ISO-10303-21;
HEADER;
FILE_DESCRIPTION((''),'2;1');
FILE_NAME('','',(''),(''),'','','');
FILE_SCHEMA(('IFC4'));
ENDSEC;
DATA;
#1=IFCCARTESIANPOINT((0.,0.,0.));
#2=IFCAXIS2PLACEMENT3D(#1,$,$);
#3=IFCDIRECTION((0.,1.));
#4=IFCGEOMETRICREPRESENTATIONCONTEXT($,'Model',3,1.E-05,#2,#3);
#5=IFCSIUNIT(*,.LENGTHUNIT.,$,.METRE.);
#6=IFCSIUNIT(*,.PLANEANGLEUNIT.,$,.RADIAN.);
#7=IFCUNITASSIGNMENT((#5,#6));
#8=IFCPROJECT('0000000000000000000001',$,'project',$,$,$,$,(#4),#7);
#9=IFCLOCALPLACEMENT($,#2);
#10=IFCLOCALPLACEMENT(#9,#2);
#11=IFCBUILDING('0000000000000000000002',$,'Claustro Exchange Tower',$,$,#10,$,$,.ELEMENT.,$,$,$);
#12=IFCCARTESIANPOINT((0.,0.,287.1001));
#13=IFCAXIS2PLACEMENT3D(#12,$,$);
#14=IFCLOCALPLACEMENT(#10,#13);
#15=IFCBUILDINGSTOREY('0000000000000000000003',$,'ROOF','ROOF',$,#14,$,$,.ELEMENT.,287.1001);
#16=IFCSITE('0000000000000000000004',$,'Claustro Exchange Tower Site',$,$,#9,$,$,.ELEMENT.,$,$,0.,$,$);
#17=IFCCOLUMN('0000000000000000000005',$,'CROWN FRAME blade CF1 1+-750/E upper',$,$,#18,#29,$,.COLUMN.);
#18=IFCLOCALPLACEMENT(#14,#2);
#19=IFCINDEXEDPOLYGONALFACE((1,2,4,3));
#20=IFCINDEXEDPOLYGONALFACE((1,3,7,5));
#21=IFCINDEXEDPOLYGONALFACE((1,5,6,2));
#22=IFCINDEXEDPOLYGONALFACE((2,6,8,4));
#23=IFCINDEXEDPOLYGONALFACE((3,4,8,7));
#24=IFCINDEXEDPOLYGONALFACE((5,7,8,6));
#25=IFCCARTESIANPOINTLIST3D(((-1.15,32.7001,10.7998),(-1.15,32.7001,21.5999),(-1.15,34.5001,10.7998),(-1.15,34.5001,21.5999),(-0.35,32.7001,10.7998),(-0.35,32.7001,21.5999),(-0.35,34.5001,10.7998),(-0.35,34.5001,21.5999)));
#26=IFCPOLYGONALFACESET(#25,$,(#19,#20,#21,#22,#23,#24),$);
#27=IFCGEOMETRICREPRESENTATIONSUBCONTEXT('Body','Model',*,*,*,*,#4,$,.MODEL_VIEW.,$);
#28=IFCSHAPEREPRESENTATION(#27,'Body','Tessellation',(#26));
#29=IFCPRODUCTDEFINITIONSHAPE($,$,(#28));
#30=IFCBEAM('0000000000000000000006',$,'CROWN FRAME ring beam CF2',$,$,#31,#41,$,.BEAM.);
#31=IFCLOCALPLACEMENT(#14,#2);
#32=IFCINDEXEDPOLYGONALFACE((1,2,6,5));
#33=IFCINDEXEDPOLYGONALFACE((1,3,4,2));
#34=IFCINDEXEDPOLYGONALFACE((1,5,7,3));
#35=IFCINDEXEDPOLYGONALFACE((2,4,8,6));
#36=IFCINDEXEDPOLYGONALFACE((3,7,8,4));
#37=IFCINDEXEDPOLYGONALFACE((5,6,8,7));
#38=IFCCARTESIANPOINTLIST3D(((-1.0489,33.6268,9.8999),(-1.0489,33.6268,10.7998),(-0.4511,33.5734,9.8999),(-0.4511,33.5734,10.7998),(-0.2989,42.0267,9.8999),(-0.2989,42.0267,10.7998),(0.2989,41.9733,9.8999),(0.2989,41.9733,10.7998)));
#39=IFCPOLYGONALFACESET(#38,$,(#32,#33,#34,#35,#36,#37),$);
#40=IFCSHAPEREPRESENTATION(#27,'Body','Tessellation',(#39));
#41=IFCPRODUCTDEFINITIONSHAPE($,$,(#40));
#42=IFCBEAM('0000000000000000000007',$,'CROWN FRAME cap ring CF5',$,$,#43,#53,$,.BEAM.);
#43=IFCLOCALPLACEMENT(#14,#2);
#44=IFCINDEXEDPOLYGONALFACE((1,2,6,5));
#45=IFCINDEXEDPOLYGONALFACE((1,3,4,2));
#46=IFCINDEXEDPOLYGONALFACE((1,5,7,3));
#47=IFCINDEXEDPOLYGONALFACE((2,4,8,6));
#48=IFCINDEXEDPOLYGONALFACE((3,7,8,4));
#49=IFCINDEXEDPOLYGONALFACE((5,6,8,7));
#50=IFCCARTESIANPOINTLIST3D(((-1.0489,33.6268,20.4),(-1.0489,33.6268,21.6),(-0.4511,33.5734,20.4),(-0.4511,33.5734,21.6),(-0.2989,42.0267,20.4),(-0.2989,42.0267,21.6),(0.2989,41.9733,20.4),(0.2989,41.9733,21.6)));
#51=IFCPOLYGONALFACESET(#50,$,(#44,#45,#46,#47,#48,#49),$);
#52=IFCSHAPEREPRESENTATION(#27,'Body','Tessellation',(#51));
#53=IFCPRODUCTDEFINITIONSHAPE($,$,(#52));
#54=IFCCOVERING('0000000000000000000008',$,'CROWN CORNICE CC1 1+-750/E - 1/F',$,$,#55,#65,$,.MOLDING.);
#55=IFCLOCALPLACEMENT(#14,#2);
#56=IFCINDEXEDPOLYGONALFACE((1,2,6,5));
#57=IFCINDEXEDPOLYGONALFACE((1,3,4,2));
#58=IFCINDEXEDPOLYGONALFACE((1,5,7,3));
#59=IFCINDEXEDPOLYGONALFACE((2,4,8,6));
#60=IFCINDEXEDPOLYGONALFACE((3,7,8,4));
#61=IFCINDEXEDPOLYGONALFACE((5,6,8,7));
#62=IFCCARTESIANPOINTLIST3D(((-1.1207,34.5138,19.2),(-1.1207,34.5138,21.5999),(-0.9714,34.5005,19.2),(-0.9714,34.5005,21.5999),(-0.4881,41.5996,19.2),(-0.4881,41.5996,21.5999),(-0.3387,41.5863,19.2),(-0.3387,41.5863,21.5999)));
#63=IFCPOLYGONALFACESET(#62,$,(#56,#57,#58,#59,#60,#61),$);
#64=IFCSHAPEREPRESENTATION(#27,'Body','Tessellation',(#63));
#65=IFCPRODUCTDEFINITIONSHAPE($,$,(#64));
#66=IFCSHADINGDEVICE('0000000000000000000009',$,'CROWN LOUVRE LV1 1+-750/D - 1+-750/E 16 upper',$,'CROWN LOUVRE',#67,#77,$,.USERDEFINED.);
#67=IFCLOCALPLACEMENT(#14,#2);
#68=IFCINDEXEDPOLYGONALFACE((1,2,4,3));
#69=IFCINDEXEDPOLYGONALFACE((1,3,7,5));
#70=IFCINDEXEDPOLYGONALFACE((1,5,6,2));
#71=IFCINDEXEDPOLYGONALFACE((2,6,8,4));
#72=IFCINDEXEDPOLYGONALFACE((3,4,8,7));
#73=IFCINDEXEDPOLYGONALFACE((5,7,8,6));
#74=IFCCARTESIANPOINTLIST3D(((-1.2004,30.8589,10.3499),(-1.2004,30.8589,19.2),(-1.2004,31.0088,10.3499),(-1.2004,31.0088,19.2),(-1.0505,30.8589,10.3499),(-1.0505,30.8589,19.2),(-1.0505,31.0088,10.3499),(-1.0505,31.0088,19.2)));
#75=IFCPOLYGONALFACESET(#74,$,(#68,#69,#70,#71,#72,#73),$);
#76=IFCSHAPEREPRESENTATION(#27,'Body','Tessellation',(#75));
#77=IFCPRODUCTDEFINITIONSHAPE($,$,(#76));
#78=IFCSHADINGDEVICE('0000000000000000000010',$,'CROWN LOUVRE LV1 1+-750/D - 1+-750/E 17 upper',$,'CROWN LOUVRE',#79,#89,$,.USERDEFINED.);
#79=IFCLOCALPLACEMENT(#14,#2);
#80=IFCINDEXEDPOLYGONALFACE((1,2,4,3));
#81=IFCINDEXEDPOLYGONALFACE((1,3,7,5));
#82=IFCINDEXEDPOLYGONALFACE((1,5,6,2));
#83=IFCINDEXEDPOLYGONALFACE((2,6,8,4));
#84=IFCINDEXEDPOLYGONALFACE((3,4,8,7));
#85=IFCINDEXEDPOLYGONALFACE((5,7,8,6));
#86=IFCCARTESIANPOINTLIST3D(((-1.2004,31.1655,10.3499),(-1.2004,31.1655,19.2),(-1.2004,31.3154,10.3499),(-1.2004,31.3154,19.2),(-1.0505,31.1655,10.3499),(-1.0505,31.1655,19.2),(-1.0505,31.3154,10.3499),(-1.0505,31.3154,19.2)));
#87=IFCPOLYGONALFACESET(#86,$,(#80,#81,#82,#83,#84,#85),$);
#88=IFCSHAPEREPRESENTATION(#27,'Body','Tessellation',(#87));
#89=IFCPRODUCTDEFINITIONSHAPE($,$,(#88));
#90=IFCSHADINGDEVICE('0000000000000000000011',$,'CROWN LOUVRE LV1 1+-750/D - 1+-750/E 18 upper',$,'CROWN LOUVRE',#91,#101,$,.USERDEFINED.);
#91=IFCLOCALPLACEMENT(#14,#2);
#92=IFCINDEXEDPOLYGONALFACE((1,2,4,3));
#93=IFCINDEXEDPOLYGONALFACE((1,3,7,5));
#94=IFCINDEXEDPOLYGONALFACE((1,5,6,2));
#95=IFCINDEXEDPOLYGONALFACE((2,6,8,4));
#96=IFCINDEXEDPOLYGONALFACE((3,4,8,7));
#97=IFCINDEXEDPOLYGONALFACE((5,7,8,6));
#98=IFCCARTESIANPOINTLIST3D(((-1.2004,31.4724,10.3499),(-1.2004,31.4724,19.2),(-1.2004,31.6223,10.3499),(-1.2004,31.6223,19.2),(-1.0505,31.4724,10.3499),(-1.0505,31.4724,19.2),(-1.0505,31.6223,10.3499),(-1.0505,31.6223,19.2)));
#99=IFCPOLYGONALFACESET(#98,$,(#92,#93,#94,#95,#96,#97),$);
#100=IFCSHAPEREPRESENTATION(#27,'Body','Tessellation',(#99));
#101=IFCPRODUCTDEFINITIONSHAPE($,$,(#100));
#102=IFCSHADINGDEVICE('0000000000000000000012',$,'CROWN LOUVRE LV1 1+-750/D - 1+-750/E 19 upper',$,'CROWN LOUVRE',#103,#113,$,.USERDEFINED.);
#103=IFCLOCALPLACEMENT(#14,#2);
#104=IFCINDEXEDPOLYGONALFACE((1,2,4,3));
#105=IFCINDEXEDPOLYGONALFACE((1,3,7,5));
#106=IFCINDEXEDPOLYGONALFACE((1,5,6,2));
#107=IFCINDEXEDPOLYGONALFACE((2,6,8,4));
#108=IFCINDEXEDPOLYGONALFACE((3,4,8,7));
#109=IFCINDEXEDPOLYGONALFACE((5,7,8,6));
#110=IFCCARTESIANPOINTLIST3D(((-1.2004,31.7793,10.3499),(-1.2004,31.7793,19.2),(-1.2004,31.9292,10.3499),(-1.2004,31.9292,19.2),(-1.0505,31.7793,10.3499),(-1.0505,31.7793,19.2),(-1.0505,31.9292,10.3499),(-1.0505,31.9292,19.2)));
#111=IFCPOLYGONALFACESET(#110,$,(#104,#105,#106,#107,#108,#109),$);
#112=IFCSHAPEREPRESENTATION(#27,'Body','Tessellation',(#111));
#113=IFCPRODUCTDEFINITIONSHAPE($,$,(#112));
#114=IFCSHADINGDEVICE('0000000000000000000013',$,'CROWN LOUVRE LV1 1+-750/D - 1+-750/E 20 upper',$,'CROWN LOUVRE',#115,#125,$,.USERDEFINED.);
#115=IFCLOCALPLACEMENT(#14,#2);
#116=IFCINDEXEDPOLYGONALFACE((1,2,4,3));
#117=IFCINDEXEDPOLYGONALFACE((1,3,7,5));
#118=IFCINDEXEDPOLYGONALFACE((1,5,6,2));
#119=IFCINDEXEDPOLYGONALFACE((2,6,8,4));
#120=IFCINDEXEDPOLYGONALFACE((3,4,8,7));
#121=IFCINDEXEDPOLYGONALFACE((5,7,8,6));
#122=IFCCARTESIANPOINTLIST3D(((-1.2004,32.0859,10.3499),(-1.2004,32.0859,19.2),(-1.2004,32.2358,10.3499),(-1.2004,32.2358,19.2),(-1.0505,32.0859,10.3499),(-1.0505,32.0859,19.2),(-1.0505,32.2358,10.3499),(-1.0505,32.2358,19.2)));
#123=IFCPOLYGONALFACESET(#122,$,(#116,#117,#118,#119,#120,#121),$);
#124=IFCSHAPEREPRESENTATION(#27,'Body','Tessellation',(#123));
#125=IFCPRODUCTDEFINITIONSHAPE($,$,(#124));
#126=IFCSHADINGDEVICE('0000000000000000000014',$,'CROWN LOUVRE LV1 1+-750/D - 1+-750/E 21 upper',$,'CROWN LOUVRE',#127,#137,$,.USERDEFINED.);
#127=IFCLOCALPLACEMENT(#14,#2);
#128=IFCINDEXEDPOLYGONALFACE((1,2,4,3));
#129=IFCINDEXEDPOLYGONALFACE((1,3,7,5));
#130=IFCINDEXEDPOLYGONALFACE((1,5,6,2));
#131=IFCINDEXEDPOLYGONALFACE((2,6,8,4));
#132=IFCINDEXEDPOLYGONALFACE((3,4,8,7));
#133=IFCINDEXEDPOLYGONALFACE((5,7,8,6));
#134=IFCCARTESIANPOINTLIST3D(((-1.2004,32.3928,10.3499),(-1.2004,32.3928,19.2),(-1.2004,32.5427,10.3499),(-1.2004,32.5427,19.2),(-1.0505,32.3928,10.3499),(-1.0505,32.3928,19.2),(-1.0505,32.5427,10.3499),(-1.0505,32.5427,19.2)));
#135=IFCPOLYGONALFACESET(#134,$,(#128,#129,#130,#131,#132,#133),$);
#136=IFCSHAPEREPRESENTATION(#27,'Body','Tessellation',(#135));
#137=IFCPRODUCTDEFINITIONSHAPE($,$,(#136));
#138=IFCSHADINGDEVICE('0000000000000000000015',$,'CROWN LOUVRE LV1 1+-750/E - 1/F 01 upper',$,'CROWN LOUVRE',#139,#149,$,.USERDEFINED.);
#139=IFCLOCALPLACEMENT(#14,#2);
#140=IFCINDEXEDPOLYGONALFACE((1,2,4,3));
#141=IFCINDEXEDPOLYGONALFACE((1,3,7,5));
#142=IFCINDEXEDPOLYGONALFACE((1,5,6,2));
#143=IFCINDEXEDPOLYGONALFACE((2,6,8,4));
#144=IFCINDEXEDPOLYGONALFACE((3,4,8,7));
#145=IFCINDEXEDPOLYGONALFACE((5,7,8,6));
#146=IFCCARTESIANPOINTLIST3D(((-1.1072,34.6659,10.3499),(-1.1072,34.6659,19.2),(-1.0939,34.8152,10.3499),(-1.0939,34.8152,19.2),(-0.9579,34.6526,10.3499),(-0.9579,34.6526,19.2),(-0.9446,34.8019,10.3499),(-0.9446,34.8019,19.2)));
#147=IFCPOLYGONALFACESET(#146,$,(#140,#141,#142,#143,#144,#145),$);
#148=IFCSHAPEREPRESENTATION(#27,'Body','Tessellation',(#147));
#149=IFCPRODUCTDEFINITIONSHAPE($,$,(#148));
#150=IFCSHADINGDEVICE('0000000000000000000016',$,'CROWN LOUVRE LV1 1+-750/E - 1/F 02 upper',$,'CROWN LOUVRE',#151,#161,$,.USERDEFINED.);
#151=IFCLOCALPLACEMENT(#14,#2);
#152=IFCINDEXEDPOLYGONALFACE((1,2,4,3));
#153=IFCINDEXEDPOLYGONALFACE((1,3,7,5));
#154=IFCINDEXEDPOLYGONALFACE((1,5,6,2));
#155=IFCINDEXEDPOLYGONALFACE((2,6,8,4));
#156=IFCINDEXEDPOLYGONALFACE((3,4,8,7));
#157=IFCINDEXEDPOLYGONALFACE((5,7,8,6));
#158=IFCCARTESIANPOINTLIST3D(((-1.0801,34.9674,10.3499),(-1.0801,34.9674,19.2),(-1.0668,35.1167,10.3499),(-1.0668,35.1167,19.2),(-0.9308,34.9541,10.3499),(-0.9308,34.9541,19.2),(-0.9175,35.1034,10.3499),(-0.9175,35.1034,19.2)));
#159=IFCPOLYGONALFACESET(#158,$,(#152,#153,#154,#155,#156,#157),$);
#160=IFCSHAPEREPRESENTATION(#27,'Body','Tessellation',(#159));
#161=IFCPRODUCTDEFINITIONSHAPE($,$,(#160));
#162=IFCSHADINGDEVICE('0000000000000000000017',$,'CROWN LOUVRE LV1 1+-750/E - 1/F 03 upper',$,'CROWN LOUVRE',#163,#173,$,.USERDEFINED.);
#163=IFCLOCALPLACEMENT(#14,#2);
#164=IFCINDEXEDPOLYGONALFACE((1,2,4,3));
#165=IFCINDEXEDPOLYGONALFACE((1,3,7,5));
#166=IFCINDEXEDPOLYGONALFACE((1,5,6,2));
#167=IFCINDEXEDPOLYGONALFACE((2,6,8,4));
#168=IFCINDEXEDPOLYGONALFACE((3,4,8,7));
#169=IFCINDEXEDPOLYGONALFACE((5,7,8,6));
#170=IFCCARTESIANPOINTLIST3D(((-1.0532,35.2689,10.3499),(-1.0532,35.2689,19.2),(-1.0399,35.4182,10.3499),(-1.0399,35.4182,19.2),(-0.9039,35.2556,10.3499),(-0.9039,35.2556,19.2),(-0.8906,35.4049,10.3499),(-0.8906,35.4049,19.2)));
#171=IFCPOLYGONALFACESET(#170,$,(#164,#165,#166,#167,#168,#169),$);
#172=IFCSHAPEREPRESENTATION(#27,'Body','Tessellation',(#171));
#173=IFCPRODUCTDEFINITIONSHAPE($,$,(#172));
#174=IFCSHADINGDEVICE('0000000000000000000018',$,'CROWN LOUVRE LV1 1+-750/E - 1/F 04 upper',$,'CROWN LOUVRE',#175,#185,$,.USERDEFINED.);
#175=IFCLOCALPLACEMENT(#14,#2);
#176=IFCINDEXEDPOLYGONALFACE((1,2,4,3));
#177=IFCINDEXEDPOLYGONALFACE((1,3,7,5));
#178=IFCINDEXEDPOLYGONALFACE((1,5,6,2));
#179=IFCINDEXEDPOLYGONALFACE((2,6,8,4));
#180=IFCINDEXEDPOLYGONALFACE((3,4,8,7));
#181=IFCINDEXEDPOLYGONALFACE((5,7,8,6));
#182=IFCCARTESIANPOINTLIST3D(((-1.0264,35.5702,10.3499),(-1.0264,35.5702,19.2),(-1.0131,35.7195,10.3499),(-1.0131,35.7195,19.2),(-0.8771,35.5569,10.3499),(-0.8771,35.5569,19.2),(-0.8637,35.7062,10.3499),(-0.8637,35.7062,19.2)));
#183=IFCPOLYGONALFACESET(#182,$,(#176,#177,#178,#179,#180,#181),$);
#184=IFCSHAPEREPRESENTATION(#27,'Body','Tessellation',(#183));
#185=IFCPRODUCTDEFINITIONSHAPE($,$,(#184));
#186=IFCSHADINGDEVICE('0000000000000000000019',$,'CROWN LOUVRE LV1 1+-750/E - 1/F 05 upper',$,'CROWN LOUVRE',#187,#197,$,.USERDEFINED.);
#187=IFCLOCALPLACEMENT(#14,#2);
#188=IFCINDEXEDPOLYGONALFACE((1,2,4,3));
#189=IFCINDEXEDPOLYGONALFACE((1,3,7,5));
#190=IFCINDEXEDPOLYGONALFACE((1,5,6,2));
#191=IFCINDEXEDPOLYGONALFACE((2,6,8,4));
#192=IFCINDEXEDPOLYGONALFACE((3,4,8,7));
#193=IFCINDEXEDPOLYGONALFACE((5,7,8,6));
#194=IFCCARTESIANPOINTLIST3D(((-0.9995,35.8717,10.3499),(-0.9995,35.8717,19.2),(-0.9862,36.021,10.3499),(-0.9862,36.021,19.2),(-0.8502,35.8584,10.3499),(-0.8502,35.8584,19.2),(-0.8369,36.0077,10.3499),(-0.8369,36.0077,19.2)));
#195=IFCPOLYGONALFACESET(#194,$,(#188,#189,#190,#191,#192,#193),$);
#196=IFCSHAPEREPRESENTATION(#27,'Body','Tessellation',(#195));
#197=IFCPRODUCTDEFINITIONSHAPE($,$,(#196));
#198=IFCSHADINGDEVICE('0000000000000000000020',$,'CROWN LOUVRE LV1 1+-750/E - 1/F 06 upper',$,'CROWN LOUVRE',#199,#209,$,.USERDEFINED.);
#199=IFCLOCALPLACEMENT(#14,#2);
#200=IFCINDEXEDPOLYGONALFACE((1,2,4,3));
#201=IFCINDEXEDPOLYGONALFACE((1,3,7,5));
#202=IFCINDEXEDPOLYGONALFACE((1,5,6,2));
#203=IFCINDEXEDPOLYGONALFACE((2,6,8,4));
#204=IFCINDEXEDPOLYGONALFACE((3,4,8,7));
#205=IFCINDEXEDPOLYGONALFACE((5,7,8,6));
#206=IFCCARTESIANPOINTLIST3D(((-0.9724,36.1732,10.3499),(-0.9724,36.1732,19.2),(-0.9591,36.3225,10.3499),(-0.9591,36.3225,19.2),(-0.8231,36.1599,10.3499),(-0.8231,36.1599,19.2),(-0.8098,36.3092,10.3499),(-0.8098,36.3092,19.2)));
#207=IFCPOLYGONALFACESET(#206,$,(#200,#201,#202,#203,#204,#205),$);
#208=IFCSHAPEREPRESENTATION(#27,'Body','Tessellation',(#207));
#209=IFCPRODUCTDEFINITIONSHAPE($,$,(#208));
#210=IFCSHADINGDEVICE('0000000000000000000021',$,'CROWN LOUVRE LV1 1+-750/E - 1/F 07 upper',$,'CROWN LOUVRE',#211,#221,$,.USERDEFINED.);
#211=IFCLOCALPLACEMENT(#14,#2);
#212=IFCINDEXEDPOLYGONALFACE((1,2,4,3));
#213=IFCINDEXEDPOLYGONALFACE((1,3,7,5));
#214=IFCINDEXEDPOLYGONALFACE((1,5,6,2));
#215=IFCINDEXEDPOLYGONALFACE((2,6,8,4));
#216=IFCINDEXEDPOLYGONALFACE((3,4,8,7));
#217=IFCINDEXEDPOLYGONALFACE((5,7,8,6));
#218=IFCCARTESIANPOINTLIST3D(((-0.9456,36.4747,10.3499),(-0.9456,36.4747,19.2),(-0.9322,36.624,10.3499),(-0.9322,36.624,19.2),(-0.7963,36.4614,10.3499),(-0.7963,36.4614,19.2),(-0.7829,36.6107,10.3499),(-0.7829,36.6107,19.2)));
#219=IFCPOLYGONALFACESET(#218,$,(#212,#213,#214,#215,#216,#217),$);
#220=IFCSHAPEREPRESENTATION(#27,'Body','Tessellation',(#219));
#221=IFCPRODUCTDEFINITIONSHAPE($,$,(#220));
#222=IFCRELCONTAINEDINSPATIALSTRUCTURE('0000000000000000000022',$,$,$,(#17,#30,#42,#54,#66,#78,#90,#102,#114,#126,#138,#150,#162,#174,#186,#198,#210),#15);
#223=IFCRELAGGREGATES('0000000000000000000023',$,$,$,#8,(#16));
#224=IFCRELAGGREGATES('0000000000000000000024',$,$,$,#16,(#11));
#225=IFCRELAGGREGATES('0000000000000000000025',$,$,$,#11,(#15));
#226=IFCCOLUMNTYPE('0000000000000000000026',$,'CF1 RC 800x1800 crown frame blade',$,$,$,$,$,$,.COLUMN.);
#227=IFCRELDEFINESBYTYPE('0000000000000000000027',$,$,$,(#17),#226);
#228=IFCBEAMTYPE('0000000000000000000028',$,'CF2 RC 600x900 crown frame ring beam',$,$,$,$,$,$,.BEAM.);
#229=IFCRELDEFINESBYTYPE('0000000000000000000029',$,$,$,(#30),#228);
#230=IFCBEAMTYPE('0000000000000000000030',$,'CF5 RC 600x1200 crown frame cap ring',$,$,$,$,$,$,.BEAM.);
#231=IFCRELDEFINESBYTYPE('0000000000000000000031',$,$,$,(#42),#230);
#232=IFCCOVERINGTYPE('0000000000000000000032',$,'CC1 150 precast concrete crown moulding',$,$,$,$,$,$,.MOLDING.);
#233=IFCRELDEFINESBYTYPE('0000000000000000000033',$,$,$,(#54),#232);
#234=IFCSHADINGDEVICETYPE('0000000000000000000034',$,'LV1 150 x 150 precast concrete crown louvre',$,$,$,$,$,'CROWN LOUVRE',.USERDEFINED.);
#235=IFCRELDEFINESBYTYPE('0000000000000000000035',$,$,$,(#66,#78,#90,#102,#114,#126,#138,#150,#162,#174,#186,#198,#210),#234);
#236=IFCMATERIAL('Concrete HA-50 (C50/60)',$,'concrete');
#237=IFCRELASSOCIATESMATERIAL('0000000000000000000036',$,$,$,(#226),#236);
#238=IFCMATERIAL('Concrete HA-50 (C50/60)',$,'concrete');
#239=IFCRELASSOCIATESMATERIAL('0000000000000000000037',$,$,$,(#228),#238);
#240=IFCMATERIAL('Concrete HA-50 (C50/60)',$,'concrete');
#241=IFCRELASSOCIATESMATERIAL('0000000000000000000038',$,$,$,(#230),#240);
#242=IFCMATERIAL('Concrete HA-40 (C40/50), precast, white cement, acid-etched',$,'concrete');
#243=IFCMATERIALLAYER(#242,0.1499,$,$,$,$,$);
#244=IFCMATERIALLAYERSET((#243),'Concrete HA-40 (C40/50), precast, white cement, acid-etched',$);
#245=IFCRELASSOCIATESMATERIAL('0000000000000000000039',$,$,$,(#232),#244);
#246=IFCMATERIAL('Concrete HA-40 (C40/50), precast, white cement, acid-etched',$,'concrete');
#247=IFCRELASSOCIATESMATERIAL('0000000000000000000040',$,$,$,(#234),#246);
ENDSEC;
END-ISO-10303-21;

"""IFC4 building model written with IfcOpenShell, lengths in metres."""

from ifc_helpers import new_model, si_unit, direction, frame, origin, origin_2d, place, context, subcontext, project, spatial, rectangle, extrude, material, layer, layer_set, material_profile, profile_set, type_object, element, save


model = new_model("IFC4")

# Units and contexts
model_context = context("Model", 3, precision=1e-05, world=origin(), true_north=direction((0.0, 1.0)))
body_context = subcontext(model_context, "Body", "Model", "MODEL_VIEW")
ifc_project = project(units=[si_unit("LENGTHUNIT", "METRE"), si_unit("PLANEANGLEUNIT", "RADIAN")], contexts=[model_context])

# Site, building, storey
site_placement = place(None, origin())
site = spatial("IfcSite", under=ifc_project, at=site_placement, Name="Claustro Exchange Tower Site", CompositionType="ELEMENT", RefElevation=0.0)
building_placement = place(site_placement, origin())
building = spatial("IfcBuilding", under=site, at=building_placement, Name="Claustro Exchange Tower", CompositionType="ELEMENT")
storey_placement = place(building_placement, frame((0.0, 0.0, 287.1001)))
storey = spatial("IfcBuildingStorey", under=building, at=storey_placement, Name="ROOF", Description="ROOF", CompositionType="ELEMENT", Elevation=287.1001)

# Column
ifc_material_1 = material(Name="Concrete HA-50 (C50/60)", Category="concrete")
ifc_material_profile_1 = material_profile(ifc_material_1, rectangle(XDim=0.8, YDim=1.8, at=origin_2d()), Name="RC 800x1800")
ifc_profile_set_1 = profile_set([ifc_material_profile_1], Name="Concrete HA-50 (C50/60)")
column_type = type_object("IfcColumnType", Name="CF1 RC 800x1800 crown frame blade", PredefinedType="COLUMN", material=ifc_profile_set_1)
column_placement = place(storey_placement, frame((-0.75, 33.6001, 10.7998), z_axis=(0.0, 0.0, 1.0), x_axis=(1.0, 0.0, 0.0)))
element("IfcColumn", 1, at=column_placement, inside=storey, type_object=column_type, Name="CROWN FRAME blade CF1 1+-750/E upper", PredefinedType="COLUMN", context=body_context, shape_type="SweptSolid", body=[
    extrude(rectangle(XDim=0.8, YDim=1.8, at=origin_2d()), origin(), (0.0, 0.0, 1.0), 10.8),
])

# Beams
ifc_material_2 = material(Name="Concrete HA-50 (C50/60)", Category="concrete")
ifc_material_profile_2 = material_profile(ifc_material_2, rectangle(XDim=0.6001, YDim=0.8999, at=origin_2d()), Name="RC 600x900")
ifc_profile_set_2 = profile_set([ifc_material_profile_2], Name="Concrete HA-50 (C50/60)")
beam_type_1 = type_object("IfcBeamType", Name="CF2 RC 600x900 crown frame ring beam", PredefinedType="BEAM", material=ifc_profile_set_2)
beam_1_placement = place(storey_placement, frame((-0.75, 33.6001, 10.3499), z_axis=(0.088933, 0.996038, 0.0), x_axis=(-0.996038, 0.088933, 0.0)))
element("IfcBeam", 2, at=beam_1_placement, inside=storey, type_object=beam_type_1, Name="CROWN FRAME ring beam CF2", PredefinedType="BEAM", context=body_context, shape_type="SweptSolid", body=[
    extrude(rectangle(XDim=0.6001, YDim=0.8999, at=origin_2d()), origin(), (0.0, 0.0, 1.0), 8.4333),
])
ifc_material_3 = material(Name="Concrete HA-50 (C50/60)", Category="concrete")
ifc_material_profile_3 = material_profile(ifc_material_3, rectangle(XDim=0.6001, YDim=1.2, at=origin_2d()), Name="RC 600x1200")
ifc_profile_set_3 = profile_set([ifc_material_profile_3], Name="Concrete HA-50 (C50/60)")
beam_type_2 = type_object("IfcBeamType", Name="CF5 RC 600x1200 crown frame cap ring", PredefinedType="BEAM", material=ifc_profile_set_3)
beam_2_placement = place(storey_placement, frame((-0.75, 33.6001, 21.0), z_axis=(0.088933, 0.996038, 0.0), x_axis=(-0.996038, 0.088933, 0.0)))
element("IfcBeam", 3, at=beam_2_placement, inside=storey, type_object=beam_type_2, Name="CROWN FRAME cap ring CF5", PredefinedType="BEAM", context=body_context, shape_type="SweptSolid", body=[
    extrude(rectangle(XDim=0.6001, YDim=1.2, at=origin_2d()), origin(), (0.0, 0.0, 1.0), 8.4333),
])

# Covering
ifc_material_4 = material(Name="Concrete HA-40 (C40/50), precast, white cement, acid-etched", Category="concrete")
ifc_layer_1 = layer(ifc_material_4, 0.1499)
ifc_layer_set_1 = layer_set([ifc_layer_1], Name="Concrete HA-40 (C40/50), precast, white cement, acid-etched")
covering_type = type_object("IfcCoveringType", Name="CC1 150 precast concrete crown moulding", PredefinedType="MOLDING", material=ifc_layer_set_1)
covering_placement = place(storey_placement, frame((-0.7297, 38.05, 19.2), z_axis=(0.0, 0.0, 1.0), x_axis=(0.088933, 0.996038, 0.0)))
element("IfcCovering", 4, at=covering_placement, inside=storey, type_object=covering_type, Name="CROWN CORNICE CC1 1+-750/E - 1/F", PredefinedType="MOLDING", context=body_context, shape_type="SweptSolid", body=[
    extrude(rectangle(XDim=7.114, YDim=0.1499, at=origin_2d()), origin(), (0.0, 0.0, 1.0), 2.3999),
])

# Shading devices
ifc_material_5 = material(Name="Concrete HA-40 (C40/50), precast, white cement, acid-etched", Category="concrete")
shading_device_type = type_object("IfcShadingDeviceType", Name="LV1 150 x 150 precast concrete crown louvre", ElementType="CROWN LOUVRE", PredefinedType="USERDEFINED", material=ifc_material_5)
for number, where, z_axis, x_axis, name in (
    (5, (-1.1255, 30.9338, 10.3499), (0.0, 0.0, 1.0), (0.0, 1.0, 0.0), "CROWN LOUVRE LV1 1+-750/D - 1+-750/E 16 upper"),
    (6, (-1.1255, 31.2405, 10.3499), (0.0, 0.0, 1.0), (0.0, 1.0, 0.0), "CROWN LOUVRE LV1 1+-750/D - 1+-750/E 17 upper"),
    (7, (-1.1255, 31.5474, 10.3499), (0.0, 0.0, 1.0), (0.0, 1.0, 0.0), "CROWN LOUVRE LV1 1+-750/D - 1+-750/E 18 upper"),
    (8, (-1.1255, 31.8542, 10.3499), (0.0, 0.0, 1.0), (0.0, 1.0, 0.0), "CROWN LOUVRE LV1 1+-750/D - 1+-750/E 19 upper"),
    (9, (-1.1255, 32.1609, 10.3499), (0.0, 0.0, 1.0), (0.0, 1.0, 0.0), "CROWN LOUVRE LV1 1+-750/D - 1+-750/E 20 upper"),
    (10, (-1.1255, 32.4678, 10.3499), (0.0, 0.0, 1.0), (0.0, 1.0, 0.0), "CROWN LOUVRE LV1 1+-750/D - 1+-750/E 21 upper"),
    (11, (-1.0259, 34.7339, 10.3499), (0.0, 0.0, 1.0), (0.088933, 0.996038, 0.0), "CROWN LOUVRE LV1 1+-750/E - 1/F 01 upper"),
    (12, (-0.9988, 35.0354, 10.3499), (0.0, 0.0, 1.0), (0.088933, 0.996038, 0.0), "CROWN LOUVRE LV1 1+-750/E - 1/F 02 upper"),
    (13, (-0.9719, 35.3369, 10.3499), (0.0, 0.0, 1.0), (0.088933, 0.996038, 0.0), "CROWN LOUVRE LV1 1+-750/E - 1/F 03 upper"),
    (14, (-0.9451, 35.6382, 10.3499), (0.0, 0.0, 1.0), (0.088933, 0.996038, 0.0), "CROWN LOUVRE LV1 1+-750/E - 1/F 04 upper"),
    (15, (-0.9182, 35.9397, 10.3499), (0.0, 0.0, 1.0), (0.088933, 0.996038, 0.0), "CROWN LOUVRE LV1 1+-750/E - 1/F 05 upper"),
    (16, (-0.8911, 36.2412, 10.3499), (0.0, 0.0, 1.0), (0.088933, 0.996038, 0.0), "CROWN LOUVRE LV1 1+-750/E - 1/F 06 upper"),
    (17, (-0.8643, 36.5427, 10.3499), (0.0, 0.0, 1.0), (0.088933, 0.996038, 0.0), "CROWN LOUVRE LV1 1+-750/E - 1/F 07 upper"),
):
    element("IfcShadingDevice", number, at=place(storey_placement, frame(where, z_axis=z_axis, x_axis=x_axis)), inside=storey, type_object=shading_device_type, Name=name, ObjectType="CROWN LOUVRE", PredefinedType="USERDEFINED", context=body_context, shape_type="SweptSolid", body=[
        extrude(rectangle(XDim=0.1499, YDim=0.1499, at=origin_2d()), origin(), (0.0, 0.0, 1.0), 8.8501),
    ])

save(model, "model.ifc")
